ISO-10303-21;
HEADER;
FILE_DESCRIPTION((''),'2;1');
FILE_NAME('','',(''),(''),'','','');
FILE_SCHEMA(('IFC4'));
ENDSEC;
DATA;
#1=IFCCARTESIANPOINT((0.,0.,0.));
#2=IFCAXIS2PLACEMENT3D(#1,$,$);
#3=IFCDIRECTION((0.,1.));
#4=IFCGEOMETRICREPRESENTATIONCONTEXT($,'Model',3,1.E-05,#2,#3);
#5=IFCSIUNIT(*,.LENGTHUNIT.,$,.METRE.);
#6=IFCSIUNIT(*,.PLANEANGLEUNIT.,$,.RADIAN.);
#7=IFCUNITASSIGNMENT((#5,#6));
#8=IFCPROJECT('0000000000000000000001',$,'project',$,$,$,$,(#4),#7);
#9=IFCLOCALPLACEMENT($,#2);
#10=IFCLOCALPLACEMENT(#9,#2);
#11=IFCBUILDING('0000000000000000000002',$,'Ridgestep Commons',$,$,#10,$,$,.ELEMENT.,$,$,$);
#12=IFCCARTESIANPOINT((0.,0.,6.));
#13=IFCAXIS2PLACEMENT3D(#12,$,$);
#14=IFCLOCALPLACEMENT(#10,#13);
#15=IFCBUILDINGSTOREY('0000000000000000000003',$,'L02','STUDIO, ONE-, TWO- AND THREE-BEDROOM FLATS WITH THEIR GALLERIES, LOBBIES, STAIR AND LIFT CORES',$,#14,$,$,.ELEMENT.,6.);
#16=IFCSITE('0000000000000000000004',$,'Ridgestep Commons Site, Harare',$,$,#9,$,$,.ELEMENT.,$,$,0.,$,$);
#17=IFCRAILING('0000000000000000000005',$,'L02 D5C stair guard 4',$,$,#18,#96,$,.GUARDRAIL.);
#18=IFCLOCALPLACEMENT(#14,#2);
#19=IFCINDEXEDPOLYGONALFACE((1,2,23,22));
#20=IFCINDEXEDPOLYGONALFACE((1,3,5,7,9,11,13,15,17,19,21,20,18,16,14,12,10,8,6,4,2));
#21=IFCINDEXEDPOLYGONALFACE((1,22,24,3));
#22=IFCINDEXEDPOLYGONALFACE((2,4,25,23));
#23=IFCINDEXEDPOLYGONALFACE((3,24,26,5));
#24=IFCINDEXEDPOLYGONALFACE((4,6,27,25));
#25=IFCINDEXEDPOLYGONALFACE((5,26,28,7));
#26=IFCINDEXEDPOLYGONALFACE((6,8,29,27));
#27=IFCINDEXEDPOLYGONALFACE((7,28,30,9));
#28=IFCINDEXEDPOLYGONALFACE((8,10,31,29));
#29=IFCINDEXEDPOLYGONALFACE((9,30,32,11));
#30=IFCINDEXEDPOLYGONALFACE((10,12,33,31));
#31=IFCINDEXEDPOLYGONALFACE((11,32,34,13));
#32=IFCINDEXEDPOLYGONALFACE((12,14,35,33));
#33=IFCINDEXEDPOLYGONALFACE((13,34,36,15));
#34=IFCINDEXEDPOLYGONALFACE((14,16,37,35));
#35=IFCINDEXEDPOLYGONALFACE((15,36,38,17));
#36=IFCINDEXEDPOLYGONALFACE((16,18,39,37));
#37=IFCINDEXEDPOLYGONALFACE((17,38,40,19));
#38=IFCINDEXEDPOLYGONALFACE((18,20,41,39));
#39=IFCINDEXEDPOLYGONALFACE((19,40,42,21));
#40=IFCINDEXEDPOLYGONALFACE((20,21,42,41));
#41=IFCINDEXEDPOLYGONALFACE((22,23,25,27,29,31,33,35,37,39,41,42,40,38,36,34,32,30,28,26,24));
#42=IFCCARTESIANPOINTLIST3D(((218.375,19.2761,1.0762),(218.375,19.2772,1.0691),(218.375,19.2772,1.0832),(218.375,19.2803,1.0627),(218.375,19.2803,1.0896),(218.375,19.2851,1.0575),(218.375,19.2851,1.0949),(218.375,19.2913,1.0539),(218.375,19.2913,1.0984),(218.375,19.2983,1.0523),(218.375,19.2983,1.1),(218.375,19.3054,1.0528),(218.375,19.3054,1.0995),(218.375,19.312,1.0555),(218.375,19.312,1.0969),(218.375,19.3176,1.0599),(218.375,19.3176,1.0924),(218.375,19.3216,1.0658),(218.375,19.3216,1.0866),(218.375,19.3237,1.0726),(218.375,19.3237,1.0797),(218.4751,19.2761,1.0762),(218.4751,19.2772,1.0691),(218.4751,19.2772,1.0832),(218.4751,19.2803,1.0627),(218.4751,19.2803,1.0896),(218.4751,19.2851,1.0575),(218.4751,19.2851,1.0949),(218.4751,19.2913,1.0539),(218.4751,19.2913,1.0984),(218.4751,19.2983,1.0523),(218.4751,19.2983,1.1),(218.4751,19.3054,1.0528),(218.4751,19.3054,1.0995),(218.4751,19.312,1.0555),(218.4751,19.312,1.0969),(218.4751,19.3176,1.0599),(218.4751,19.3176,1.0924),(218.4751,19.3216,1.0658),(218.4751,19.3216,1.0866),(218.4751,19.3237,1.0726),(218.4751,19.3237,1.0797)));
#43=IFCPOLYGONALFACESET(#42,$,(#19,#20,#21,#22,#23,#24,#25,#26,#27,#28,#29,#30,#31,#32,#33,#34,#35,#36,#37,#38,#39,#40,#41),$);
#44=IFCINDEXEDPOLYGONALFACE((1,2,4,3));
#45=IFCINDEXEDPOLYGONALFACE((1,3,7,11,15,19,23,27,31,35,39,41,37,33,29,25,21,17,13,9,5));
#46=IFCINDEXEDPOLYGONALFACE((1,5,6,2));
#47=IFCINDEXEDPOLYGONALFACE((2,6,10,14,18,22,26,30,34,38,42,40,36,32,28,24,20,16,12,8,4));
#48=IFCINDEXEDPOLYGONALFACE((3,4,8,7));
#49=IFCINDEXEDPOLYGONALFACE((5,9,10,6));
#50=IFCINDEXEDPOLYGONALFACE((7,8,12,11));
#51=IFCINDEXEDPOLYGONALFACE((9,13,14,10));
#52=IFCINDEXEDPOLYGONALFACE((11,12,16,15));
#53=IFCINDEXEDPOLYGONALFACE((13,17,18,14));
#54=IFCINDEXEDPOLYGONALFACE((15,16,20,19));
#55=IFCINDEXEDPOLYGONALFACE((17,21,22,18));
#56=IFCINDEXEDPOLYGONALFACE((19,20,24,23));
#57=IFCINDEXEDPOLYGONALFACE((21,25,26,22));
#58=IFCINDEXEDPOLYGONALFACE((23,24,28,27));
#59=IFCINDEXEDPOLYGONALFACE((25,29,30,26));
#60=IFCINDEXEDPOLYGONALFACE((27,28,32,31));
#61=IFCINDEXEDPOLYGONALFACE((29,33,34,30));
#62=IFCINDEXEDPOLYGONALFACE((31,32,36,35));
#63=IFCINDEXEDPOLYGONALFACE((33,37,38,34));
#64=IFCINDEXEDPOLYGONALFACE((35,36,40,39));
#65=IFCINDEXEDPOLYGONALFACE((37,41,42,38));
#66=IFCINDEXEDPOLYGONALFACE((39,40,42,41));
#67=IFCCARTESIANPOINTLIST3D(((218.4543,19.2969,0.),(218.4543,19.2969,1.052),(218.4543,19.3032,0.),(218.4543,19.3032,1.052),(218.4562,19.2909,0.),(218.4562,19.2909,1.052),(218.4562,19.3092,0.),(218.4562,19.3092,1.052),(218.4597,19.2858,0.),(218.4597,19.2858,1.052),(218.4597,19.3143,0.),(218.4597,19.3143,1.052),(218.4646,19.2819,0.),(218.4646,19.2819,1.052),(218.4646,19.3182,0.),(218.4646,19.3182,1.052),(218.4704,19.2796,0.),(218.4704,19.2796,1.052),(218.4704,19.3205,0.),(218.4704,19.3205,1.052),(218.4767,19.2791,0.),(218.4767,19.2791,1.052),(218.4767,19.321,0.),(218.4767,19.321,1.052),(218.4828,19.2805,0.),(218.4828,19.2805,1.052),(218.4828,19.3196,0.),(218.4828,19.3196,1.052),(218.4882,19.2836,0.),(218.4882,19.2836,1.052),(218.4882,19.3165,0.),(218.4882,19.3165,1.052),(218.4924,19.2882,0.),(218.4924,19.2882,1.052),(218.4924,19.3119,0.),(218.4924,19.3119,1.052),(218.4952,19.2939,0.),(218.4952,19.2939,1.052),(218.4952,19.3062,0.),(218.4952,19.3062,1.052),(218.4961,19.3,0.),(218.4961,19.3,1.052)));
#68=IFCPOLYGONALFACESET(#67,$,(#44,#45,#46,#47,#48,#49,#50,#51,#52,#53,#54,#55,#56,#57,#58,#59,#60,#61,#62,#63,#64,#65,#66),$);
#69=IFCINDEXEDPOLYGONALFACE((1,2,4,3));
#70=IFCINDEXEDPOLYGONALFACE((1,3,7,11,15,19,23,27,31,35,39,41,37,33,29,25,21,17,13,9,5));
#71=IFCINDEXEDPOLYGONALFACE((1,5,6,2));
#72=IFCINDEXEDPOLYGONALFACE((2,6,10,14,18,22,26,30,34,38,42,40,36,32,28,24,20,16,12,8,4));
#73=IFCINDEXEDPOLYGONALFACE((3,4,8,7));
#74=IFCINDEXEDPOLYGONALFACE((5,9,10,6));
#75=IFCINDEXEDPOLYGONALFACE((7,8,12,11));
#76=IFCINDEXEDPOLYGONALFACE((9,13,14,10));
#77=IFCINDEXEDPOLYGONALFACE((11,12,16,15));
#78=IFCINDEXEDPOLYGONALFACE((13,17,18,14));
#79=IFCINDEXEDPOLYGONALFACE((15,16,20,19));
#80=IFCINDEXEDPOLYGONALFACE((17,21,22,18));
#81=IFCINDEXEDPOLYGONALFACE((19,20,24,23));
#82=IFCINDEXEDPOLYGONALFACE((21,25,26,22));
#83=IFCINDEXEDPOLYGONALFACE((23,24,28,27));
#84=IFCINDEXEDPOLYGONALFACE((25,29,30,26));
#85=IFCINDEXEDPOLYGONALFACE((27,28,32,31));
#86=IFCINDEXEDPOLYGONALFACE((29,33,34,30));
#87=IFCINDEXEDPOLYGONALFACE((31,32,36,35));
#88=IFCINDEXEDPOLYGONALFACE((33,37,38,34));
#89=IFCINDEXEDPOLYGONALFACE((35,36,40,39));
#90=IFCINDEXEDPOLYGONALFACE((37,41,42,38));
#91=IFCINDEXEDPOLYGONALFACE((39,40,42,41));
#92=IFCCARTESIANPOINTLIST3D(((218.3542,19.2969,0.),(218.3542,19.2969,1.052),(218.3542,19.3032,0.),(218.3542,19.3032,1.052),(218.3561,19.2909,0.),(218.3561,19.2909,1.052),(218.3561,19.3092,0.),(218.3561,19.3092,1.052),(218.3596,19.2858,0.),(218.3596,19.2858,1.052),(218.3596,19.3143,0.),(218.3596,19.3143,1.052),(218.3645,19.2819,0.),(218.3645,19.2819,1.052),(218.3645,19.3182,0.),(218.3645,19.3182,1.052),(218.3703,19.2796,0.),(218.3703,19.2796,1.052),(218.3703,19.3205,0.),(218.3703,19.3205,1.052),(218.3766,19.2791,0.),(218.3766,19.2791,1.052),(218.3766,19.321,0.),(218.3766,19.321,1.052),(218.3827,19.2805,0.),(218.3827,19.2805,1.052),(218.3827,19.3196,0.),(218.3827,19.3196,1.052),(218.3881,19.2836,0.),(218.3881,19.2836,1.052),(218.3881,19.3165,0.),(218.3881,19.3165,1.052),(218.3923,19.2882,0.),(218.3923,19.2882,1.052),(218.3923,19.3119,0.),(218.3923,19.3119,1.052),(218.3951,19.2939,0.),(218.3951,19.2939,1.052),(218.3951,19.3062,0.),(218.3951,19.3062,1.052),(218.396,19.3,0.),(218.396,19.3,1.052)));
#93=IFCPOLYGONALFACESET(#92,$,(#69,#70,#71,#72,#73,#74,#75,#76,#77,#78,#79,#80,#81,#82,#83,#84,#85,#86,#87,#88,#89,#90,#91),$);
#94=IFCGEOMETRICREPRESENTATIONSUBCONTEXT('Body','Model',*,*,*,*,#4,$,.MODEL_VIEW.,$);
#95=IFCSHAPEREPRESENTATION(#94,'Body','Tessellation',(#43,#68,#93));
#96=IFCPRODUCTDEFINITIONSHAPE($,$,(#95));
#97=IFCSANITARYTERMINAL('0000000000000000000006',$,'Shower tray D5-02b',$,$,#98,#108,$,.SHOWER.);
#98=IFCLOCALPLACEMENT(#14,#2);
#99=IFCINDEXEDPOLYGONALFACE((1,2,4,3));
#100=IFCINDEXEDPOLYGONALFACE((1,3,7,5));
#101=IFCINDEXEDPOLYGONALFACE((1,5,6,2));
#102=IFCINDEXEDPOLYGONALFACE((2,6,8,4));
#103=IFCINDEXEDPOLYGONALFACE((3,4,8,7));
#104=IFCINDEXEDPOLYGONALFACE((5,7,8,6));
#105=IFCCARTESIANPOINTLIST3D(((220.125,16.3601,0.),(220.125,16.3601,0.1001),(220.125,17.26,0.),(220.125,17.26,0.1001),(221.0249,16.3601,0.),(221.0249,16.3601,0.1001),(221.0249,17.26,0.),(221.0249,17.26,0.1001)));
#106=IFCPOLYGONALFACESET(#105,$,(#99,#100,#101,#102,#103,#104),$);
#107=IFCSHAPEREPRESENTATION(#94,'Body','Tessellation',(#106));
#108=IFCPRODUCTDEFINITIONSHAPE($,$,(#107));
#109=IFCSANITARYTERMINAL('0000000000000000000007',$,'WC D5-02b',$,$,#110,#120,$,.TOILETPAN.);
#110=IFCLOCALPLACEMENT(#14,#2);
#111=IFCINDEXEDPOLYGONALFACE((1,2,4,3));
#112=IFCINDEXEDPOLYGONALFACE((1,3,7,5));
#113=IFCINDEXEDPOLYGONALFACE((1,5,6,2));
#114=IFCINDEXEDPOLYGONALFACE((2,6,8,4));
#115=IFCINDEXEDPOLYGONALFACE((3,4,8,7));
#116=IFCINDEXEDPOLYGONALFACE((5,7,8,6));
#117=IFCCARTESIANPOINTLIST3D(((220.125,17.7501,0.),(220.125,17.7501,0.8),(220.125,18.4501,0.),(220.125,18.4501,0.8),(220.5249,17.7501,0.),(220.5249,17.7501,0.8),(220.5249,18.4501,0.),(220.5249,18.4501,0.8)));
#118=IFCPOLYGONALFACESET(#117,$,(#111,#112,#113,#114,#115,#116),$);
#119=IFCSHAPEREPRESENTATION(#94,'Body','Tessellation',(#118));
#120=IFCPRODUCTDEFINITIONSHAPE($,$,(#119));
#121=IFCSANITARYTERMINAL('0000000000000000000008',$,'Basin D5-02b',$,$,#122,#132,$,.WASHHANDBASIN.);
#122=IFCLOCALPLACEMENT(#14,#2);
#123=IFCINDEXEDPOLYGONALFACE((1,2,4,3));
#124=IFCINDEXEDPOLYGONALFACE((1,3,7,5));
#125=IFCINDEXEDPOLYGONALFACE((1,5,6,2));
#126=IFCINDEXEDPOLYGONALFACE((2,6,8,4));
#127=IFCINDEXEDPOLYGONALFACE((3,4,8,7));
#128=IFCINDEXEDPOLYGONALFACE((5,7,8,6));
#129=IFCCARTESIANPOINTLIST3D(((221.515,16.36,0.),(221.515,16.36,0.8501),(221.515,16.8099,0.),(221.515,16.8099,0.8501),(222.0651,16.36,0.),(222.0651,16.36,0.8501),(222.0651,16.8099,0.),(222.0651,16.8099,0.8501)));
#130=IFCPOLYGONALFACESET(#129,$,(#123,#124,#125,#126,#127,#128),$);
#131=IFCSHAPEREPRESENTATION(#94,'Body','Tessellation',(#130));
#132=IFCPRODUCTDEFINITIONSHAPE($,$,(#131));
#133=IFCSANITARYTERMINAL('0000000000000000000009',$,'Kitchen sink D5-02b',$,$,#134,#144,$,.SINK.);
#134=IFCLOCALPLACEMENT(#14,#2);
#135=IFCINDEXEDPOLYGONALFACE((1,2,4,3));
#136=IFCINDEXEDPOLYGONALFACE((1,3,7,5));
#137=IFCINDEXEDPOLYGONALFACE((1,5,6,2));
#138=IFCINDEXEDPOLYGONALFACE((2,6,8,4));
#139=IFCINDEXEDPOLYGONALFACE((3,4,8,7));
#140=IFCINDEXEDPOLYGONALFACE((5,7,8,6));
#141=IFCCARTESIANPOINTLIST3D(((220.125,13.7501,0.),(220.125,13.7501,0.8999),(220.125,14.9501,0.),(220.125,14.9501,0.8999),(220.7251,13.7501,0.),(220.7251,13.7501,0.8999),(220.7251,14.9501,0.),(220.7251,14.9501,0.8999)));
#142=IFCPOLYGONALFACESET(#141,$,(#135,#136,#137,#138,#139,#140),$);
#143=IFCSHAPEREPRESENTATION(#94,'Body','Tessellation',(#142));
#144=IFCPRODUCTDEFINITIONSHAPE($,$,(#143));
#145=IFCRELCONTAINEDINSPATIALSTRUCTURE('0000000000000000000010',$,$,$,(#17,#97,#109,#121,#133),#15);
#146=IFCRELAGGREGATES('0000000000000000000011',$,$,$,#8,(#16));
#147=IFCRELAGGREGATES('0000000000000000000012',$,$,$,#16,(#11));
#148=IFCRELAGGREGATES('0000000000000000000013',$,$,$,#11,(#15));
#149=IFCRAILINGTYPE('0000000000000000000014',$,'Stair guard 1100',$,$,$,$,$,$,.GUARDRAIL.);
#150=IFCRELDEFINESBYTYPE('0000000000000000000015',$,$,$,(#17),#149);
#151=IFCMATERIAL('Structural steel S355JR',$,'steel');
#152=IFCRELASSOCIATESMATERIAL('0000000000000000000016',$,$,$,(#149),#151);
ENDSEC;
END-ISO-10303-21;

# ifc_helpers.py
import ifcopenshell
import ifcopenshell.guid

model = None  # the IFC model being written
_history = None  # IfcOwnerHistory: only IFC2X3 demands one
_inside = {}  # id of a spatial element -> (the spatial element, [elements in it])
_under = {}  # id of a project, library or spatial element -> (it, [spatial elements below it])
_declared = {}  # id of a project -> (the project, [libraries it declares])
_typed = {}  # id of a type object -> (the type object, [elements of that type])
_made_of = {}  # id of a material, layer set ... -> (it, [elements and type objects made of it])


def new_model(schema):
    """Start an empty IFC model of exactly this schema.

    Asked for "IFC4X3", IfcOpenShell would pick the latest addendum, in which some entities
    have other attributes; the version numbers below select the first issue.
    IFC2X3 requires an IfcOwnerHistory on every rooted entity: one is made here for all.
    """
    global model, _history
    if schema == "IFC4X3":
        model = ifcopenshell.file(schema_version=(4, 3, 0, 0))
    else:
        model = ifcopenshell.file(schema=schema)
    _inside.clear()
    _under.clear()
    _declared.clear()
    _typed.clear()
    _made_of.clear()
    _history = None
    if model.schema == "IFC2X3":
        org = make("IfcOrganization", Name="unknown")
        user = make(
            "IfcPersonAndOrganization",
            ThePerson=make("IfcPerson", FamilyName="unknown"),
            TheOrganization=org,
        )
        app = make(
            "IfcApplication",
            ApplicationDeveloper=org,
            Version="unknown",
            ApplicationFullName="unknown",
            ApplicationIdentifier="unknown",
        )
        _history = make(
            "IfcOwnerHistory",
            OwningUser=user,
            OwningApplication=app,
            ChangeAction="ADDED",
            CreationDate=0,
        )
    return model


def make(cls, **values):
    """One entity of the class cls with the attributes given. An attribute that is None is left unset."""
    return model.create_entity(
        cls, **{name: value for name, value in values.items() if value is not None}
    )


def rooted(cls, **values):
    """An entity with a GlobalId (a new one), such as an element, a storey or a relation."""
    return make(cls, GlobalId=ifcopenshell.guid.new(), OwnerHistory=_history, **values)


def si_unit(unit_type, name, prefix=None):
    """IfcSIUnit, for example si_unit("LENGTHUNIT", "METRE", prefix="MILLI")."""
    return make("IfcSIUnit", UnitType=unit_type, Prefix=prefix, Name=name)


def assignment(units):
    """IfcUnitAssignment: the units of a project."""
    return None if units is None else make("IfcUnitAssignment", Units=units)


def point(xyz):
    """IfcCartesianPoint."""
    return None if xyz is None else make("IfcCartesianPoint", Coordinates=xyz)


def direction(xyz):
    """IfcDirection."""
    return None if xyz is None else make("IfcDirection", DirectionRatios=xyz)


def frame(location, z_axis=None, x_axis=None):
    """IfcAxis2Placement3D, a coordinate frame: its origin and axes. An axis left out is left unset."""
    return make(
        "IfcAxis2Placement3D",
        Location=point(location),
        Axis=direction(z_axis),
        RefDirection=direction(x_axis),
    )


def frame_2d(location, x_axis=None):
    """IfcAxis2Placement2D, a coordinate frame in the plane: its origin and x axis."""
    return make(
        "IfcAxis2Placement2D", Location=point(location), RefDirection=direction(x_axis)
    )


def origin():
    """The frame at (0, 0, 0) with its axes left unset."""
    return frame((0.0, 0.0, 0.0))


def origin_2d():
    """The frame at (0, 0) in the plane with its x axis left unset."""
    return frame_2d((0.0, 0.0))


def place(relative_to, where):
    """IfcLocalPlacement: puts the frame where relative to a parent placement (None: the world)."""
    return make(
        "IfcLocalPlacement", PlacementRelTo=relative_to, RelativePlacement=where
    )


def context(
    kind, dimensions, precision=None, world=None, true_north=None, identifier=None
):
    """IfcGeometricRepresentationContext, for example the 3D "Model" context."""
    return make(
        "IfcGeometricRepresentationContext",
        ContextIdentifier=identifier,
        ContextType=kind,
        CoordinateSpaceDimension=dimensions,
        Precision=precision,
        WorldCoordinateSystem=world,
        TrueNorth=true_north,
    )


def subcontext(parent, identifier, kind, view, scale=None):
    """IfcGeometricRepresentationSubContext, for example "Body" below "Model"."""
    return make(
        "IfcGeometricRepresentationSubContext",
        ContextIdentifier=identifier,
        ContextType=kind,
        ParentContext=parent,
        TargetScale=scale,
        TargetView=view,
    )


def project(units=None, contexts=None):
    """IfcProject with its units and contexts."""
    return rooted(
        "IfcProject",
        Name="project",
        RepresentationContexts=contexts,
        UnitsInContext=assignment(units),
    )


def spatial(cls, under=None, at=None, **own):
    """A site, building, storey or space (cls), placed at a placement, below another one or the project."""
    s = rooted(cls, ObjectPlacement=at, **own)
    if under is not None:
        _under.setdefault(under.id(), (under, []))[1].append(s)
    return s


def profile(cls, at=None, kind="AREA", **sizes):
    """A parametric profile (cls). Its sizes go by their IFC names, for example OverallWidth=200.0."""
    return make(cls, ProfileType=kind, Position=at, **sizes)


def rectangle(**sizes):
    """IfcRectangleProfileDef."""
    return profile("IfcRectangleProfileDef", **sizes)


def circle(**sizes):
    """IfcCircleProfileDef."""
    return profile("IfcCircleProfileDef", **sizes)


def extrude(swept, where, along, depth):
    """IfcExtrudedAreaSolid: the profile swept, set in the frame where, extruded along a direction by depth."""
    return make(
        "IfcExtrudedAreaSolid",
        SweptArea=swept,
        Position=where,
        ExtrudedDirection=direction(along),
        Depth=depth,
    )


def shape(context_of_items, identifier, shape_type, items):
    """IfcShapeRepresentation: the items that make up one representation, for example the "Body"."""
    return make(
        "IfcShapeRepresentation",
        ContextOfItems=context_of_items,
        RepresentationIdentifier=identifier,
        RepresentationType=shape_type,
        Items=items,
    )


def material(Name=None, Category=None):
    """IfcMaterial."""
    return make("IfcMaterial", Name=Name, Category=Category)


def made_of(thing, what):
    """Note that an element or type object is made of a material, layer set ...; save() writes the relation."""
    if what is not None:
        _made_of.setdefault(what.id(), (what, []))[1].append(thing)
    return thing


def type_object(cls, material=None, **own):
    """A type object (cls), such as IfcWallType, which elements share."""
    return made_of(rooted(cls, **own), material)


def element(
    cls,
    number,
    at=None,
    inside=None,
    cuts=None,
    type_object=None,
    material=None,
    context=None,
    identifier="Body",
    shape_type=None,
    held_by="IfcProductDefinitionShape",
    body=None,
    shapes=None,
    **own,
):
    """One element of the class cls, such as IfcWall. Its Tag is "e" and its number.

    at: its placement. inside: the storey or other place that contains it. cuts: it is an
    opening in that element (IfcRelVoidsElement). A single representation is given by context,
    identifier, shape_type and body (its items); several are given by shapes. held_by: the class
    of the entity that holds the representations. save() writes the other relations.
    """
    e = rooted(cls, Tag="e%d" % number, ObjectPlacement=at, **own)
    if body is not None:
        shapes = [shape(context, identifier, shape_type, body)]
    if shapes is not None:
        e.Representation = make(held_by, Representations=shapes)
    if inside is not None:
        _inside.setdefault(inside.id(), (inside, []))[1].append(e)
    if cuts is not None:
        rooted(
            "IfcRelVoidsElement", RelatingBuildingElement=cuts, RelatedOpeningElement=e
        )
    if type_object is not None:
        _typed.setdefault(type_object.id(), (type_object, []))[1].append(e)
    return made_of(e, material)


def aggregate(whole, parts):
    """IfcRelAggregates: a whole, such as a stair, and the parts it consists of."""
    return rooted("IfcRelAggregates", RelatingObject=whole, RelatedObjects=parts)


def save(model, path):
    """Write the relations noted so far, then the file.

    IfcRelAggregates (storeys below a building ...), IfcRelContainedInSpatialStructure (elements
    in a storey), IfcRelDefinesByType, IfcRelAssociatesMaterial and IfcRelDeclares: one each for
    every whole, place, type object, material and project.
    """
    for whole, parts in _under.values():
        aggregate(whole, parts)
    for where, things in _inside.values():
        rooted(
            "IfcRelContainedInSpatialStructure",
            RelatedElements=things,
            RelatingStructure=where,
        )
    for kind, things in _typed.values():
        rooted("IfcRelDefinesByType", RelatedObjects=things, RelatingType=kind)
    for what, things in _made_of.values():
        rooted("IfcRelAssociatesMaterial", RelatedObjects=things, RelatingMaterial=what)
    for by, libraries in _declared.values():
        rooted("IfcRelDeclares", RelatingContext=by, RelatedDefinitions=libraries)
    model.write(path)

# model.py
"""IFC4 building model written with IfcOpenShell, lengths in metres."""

from ifc_helpers import new_model, si_unit, direction, frame, origin, origin_2d, place, context, subcontext, project, spatial, rectangle, circle, extrude, material, type_object, element, save


model = new_model("IFC4")

# Units and contexts
model_context = context("Model", 3, precision=1e-05, world=origin(), true_north=direction((0.0, 1.0)))
body_context = subcontext(model_context, "Body", "Model", "MODEL_VIEW")
ifc_project = project(units=[si_unit("LENGTHUNIT", "METRE"), si_unit("PLANEANGLEUNIT", "RADIAN")], contexts=[model_context])

# Site, building, storey
site_placement = place(None, origin())
site = spatial("IfcSite", under=ifc_project, at=site_placement, Name="Ridgestep Commons Site, Harare", CompositionType="ELEMENT", RefElevation=0.0)
building_placement = place(site_placement, origin())
building = spatial("IfcBuilding", under=site, at=building_placement, Name="Ridgestep Commons", CompositionType="ELEMENT")
storey_placement = place(building_placement, frame((0.0, 0.0, 6.0)))
storey = spatial("IfcBuildingStorey", under=building, at=storey_placement, Name="L02", Description="STUDIO, ONE-, TWO- AND THREE-BEDROOM FLATS WITH THEIR GALLERIES, LOBBIES, STAIR AND LIFT CORES", CompositionType="ELEMENT", Elevation=6.0)

# Railing
ifc_material_1 = material(Name="Structural steel S355JR", Category="steel")
railing_type_1 = type_object("IfcRailingType", Name="Stair guard 1100", PredefinedType="GUARDRAIL", material=ifc_material_1)
railing_1_placement = place(storey_placement, frame((218.4751, 19.3, 0.0)))
element("IfcRailing", 1, at=railing_1_placement, inside=storey, type_object=railing_type_1, Name="L02 D5C stair guard 4", PredefinedType="GUARDRAIL", context=body_context, shape_type="SweptSolid", body=[
    extrude(circle(Radius=0.0239, at=origin_2d()), frame((0.0, 0.0, 1.0762), z_axis=(-1.0, 0.0, 0.0), x_axis=(0.0, -1.0, 0.0)), (0.0, 0.0, 1.0), 0.1001),
    extrude(circle(Radius=0.021, at=origin_2d()), origin(), (0.0, 0.0, 1.0), 1.052),
    extrude(circle(Radius=0.021, at=origin_2d()), frame((-0.1001, 0.0, 0.0)), (0.0, 0.0, 1.0), 1.052),
])

# Sanitary terminals
sanitary_terminal_1_placement = place(storey_placement, frame((220.575, 16.8101, 0.0), z_axis=(0.0, 0.0, 1.0), x_axis=(1.0, 0.0, 0.0)))
element("IfcSanitaryTerminal", 2, at=sanitary_terminal_1_placement, inside=storey, Name="Shower tray D5-02b", PredefinedType="SHOWER", context=body_context, shape_type="SweptSolid", body=[
    extrude(rectangle(XDim=0.8999, YDim=0.8999, at=origin_2d()), origin(), (0.0, 0.0, 1.0), 0.1001),
])
sanitary_terminal_2_placement = place(storey_placement, frame((220.325, 18.1001, 0.0), z_axis=(0.0, 0.0, 1.0), x_axis=(1.0, 0.0, 0.0)))
element("IfcSanitaryTerminal", 3, at=sanitary_terminal_2_placement, inside=storey, Name="WC D5-02b", PredefinedType="TOILETPAN", context=body_context, shape_type="SweptSolid", body=[
    extrude(rectangle(XDim=0.3999, YDim=0.7, at=origin_2d()), origin(), (0.0, 0.0, 1.0), 0.8),
])
sanitary_terminal_3_placement = place(storey_placement, frame((221.79, 16.585, 0.0), z_axis=(0.0, 0.0, 1.0), x_axis=(1.0, 0.0, 0.0)))
element("IfcSanitaryTerminal", 4, at=sanitary_terminal_3_placement, inside=storey, Name="Basin D5-02b", PredefinedType="WASHHANDBASIN", context=body_context, shape_type="SweptSolid", body=[
    extrude(rectangle(XDim=0.55, YDim=0.45, at=origin_2d()), origin(), (0.0, 0.0, 1.0), 0.8501),
])
sanitary_terminal_4_placement = place(storey_placement, frame((220.425, 14.3501, 0.0), z_axis=(0.0, 0.0, 1.0), x_axis=(1.0, 0.0, 0.0)))
element("IfcSanitaryTerminal", 5, at=sanitary_terminal_4_placement, inside=storey, Name="Kitchen sink D5-02b", PredefinedType="SINK", context=body_context, shape_type="SweptSolid", body=[
    extrude(rectangle(XDim=0.6001, YDim=1.2, at=origin_2d()), origin(), (0.0, 0.0, 1.0), 0.8999),
])

save(model, "model.ifc")
